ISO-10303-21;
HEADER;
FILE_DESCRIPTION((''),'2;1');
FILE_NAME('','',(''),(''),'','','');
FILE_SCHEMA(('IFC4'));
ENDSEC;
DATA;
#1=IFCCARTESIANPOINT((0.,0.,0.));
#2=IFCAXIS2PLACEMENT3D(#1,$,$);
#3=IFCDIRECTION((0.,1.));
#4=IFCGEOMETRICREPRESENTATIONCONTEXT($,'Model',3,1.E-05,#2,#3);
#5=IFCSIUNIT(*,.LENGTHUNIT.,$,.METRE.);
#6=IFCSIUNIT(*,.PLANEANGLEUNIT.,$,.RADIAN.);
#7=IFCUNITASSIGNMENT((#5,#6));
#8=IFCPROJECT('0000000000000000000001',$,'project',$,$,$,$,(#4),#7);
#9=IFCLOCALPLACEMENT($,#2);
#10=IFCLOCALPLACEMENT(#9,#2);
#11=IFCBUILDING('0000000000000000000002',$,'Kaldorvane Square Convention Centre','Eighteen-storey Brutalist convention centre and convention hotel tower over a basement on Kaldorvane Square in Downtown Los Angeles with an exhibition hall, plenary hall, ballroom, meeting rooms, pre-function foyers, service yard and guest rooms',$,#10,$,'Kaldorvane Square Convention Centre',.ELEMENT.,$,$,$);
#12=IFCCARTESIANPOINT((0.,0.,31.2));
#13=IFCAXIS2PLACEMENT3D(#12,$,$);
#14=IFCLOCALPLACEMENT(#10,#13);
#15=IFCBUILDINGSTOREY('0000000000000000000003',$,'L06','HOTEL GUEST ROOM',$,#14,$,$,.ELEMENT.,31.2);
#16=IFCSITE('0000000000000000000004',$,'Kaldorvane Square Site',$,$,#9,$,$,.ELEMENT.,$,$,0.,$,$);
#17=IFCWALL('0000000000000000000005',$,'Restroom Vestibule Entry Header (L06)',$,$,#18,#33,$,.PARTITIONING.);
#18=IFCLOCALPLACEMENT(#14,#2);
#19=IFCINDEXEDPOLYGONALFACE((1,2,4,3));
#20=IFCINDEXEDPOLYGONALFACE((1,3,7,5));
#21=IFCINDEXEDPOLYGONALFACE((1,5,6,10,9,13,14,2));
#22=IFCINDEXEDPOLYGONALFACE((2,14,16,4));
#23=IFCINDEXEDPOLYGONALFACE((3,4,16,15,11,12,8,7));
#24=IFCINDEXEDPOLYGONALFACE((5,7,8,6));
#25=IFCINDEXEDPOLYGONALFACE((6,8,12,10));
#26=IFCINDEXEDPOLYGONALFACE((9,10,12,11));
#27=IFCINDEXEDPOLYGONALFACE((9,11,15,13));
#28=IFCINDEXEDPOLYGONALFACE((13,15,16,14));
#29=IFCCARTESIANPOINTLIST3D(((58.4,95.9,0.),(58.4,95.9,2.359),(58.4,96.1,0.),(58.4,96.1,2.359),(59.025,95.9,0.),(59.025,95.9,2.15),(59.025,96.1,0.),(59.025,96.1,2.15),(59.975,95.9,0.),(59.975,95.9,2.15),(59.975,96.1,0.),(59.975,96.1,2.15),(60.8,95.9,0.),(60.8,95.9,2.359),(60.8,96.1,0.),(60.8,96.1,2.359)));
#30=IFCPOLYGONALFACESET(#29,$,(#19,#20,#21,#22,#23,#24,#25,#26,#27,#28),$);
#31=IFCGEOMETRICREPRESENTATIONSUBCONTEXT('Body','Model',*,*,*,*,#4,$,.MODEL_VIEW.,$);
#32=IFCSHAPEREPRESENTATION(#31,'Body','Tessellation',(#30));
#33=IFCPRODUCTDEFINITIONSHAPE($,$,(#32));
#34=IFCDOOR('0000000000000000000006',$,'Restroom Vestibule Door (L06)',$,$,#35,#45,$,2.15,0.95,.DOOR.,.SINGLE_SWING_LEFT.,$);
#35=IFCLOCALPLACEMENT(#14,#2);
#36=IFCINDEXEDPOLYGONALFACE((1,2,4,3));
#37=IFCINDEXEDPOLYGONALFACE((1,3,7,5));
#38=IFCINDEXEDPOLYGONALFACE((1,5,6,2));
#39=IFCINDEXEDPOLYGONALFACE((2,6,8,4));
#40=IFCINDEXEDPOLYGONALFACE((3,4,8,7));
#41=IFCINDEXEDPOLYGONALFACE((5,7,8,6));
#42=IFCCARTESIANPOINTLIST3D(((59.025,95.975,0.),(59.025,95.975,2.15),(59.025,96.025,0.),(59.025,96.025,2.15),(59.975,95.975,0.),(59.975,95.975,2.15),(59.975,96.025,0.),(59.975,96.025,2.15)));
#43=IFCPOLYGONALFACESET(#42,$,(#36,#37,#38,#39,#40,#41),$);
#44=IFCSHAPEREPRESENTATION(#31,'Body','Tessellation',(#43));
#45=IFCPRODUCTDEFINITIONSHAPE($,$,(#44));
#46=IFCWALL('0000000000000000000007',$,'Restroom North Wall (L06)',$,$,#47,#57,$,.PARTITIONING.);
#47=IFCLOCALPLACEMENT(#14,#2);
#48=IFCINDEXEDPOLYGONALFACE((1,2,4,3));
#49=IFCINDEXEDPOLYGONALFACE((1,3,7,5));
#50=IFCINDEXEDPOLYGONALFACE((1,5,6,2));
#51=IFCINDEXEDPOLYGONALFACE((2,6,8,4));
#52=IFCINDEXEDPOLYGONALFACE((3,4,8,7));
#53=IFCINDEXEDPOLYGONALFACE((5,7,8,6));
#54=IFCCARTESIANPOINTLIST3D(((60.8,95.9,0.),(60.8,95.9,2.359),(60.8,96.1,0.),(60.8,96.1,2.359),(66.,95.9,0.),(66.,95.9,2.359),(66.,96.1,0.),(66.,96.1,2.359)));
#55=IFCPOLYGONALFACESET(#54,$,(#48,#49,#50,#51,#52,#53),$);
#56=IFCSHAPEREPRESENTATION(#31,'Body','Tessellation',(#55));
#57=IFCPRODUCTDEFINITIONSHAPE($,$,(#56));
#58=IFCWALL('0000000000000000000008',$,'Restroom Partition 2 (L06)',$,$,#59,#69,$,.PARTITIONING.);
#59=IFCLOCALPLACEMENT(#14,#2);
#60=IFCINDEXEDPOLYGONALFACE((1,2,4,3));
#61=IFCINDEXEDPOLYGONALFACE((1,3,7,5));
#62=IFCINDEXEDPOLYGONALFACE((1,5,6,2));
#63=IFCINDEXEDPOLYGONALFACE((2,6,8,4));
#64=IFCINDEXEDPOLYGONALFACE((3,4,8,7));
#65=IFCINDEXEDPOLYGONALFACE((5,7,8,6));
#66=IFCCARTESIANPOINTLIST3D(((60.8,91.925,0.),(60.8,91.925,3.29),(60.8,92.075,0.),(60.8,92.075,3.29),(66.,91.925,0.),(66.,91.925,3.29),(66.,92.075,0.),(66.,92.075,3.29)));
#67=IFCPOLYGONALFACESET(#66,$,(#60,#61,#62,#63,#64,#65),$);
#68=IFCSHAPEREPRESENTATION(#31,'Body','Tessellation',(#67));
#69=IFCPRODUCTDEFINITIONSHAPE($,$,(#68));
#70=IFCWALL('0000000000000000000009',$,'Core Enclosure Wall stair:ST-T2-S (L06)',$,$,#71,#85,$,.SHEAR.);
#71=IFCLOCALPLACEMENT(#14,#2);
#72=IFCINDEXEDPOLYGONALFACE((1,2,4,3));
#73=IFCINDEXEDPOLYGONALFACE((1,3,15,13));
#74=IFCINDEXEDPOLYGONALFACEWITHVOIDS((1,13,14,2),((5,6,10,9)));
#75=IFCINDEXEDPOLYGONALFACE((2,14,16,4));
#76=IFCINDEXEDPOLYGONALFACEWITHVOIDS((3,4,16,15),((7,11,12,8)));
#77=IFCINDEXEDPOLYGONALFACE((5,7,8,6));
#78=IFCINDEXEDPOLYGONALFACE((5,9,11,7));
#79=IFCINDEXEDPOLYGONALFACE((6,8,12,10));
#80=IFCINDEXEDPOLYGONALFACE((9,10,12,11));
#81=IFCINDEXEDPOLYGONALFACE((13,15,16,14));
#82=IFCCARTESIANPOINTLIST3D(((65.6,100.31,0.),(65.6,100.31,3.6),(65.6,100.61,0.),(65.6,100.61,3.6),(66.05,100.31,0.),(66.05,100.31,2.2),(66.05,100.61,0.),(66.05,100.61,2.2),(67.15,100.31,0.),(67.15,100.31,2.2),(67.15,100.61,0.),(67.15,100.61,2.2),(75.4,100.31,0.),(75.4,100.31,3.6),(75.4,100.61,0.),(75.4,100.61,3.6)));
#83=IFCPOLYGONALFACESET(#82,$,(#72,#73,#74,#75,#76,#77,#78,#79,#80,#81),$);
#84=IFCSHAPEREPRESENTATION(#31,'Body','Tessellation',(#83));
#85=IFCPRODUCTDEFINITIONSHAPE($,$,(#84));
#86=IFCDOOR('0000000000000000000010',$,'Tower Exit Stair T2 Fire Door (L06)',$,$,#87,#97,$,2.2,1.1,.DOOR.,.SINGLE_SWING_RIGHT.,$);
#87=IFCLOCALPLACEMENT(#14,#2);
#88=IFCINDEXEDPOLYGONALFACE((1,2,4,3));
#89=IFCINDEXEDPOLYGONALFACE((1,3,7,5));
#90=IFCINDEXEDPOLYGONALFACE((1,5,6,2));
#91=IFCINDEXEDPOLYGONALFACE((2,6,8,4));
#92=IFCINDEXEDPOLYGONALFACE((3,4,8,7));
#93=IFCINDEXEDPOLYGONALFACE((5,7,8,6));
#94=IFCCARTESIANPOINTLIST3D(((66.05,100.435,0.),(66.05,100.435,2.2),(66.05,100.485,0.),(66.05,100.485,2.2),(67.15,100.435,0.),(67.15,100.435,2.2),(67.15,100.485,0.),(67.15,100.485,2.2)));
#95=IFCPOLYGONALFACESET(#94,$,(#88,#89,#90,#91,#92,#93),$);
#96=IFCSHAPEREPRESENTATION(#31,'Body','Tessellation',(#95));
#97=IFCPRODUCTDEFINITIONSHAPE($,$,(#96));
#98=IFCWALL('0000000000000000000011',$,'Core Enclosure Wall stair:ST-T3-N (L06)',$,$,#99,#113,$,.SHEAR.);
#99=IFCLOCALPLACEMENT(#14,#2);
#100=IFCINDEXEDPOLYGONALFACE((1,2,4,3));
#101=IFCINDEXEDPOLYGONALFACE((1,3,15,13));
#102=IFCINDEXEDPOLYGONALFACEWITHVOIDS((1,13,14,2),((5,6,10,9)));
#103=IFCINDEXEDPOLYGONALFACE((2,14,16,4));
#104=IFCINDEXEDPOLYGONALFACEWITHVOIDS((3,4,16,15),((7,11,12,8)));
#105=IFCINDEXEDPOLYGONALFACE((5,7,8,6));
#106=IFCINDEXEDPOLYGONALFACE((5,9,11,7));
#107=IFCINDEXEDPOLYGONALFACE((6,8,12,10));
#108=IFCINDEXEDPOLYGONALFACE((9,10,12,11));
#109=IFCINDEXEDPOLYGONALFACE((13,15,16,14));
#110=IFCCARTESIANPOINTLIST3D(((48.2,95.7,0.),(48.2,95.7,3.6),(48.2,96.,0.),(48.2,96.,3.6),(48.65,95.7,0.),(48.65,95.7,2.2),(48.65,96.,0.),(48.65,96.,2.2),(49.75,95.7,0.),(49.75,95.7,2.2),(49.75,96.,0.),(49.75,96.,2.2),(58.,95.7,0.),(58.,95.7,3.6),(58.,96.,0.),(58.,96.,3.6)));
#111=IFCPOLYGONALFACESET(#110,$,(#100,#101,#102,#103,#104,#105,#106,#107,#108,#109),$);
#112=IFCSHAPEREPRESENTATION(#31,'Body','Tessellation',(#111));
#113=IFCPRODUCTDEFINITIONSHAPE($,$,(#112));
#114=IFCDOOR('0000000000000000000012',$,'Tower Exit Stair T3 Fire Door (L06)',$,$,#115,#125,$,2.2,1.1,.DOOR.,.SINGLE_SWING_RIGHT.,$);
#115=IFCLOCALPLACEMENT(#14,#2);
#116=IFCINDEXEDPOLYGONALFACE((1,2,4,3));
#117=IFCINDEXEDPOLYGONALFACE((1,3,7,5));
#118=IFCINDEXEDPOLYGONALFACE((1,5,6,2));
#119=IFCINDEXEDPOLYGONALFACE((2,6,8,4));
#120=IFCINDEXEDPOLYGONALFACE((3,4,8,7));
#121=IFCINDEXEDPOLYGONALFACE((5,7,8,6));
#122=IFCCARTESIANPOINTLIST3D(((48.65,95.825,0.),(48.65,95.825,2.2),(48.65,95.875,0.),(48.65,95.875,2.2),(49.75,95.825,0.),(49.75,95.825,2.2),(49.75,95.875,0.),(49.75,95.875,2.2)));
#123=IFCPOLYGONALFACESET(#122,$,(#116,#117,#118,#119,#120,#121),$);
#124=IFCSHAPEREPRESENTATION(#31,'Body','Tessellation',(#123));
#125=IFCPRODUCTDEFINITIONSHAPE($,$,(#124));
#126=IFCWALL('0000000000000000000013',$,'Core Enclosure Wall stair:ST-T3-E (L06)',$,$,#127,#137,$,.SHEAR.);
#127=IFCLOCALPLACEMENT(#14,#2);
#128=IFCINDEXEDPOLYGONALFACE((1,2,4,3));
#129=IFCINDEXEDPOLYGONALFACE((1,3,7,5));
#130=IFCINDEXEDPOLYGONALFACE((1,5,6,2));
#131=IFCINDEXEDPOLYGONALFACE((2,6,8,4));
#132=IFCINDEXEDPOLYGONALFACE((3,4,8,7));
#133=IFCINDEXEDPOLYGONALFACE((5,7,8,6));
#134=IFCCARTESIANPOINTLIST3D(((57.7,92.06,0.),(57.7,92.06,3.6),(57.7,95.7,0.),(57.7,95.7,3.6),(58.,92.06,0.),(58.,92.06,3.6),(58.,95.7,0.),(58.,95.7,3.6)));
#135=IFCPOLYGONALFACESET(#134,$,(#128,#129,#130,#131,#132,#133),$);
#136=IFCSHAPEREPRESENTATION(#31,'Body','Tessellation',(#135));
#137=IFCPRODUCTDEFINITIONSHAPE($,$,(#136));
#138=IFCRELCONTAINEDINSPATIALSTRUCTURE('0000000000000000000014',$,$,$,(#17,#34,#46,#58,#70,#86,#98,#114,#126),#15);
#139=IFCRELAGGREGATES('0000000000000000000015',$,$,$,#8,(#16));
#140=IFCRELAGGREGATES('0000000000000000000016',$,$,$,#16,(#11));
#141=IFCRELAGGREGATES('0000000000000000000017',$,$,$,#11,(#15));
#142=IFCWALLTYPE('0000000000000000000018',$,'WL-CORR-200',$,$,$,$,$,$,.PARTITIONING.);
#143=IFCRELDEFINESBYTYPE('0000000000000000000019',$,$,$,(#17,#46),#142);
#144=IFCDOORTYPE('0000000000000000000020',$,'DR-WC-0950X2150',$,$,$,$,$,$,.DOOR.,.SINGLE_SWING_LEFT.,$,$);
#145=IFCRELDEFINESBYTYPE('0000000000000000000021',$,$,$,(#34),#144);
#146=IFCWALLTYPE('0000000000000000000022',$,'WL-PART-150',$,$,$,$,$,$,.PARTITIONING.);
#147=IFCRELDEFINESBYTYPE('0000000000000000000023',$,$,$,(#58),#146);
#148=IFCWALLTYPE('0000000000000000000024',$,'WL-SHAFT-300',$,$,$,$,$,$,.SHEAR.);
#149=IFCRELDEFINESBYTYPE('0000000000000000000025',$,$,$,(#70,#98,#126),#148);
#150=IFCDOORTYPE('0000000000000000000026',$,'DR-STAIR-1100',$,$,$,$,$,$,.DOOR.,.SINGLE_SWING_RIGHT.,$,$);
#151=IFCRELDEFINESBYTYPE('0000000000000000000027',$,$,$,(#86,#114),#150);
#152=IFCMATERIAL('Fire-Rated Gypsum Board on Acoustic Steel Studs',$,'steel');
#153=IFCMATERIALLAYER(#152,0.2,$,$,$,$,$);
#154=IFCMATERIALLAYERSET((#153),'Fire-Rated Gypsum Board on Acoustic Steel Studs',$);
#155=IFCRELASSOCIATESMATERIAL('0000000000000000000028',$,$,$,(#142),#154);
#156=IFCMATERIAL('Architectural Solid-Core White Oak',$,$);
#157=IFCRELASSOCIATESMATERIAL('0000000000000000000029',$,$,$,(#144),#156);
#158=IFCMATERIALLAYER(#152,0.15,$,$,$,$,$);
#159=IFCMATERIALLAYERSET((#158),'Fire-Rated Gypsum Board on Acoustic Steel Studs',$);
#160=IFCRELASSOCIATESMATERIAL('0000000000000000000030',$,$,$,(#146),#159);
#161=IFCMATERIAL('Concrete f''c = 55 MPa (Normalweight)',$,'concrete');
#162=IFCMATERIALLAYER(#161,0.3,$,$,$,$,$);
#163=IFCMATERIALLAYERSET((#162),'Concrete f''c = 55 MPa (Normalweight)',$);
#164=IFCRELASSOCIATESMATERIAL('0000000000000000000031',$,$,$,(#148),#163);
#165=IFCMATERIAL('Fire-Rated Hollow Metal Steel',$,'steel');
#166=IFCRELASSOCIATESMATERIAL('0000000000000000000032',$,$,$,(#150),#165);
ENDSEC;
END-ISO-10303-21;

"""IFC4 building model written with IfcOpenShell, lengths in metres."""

from ifc_helpers import new_model, si_unit, direction, frame, frame_2d, origin, place, context, subcontext, project, spatial, rectangle, extrude, material, layer, layer_set, type_object, element, fill, save


model = new_model("IFC4")

# Units and contexts
model_context = context("Model", 3, precision=1e-05, world=origin(), true_north=direction((0.0, 1.0)))
body_context = subcontext(model_context, "Body", "Model", "MODEL_VIEW")
ifc_project = project(units=[si_unit("LENGTHUNIT", "METRE"), si_unit("PLANEANGLEUNIT", "RADIAN")], contexts=[model_context])

# Site, building, storey
site_placement = place(None, origin())
site = spatial("IfcSite", under=ifc_project, at=site_placement, Name="Kaldorvane Square Site", CompositionType="ELEMENT", RefElevation=0.0)
building_placement = place(site_placement, origin())
building = spatial("IfcBuilding", under=site, at=building_placement, Name="Kaldorvane Square Convention Centre", Description="Eighteen-storey Brutalist convention centre and convention hotel tower over a basement on Kaldorvane Square in Downtown Los Angeles with an exhibition hall, plenary hall, ballroom, meeting rooms, pre-function foyers, service yard and guest rooms", LongName="Kaldorvane Square Convention Centre", CompositionType="ELEMENT")
storey_placement = place(building_placement, frame((0.0, 0.0, 31.2)))
storey = spatial("IfcBuildingStorey", under=building, at=storey_placement, Name="L06", Description="HOTEL GUEST ROOM", CompositionType="ELEMENT", Elevation=31.2)

# Wall, opening, door
ifc_material_1 = material(Name="Fire-Rated Gypsum Board on Acoustic Steel Studs", Category="steel")
ifc_layer_1 = layer(ifc_material_1, 0.2)
ifc_layer_set_1 = layer_set([ifc_layer_1], Name="Fire-Rated Gypsum Board on Acoustic Steel Studs")
wall_type_1 = type_object("IfcWallType", Name="WL-CORR-200", PredefinedType="PARTITIONING", material=ifc_layer_set_1)
wall_1_placement = place(storey_placement, frame((58.4, 96.0, 0.0), z_axis=(0.0, 0.0, 1.0), x_axis=(1.0, 0.0, 0.0)))
wall_1 = element("IfcWall", 1, at=wall_1_placement, inside=storey, type_object=wall_type_1, Name="Restroom Vestibule Entry Header (L06)", PredefinedType="PARTITIONING", context=body_context, shape_type="SweptSolid", body=[
    extrude(rectangle(XDim=2.4, YDim=0.2, at=frame_2d((1.2, 0.0))), origin(), (0.0, 0.0, 1.0), 2.359),
])
opening_1_placement = place(wall_1_placement, frame((0.625, 0.0, 0.0)))
opening_1 = element("IfcOpeningElement", 2, at=opening_1_placement, cuts=wall_1, PredefinedType="OPENING", context=body_context, shape_type="SweptSolid", body=[
    extrude(rectangle(XDim=0.95, YDim=2.15, at=frame_2d((0.475, 1.075))), frame((0.0, 0.115, 0.0), z_axis=(0.0, -1.0, 0.0), x_axis=(1.0, 0.0, 0.0)), (0.0, 0.0, 1.0), 0.23),
])
ifc_material_2 = material(Name="Architectural Solid-Core White Oak")
door_type_1 = type_object("IfcDoorType", Name="DR-WC-0950X2150", OperationType="SINGLE_SWING_LEFT", PredefinedType="DOOR", material=ifc_material_2)
door_1_placement = place(opening_1_placement, origin())
door_1 = element("IfcDoor", 3, at=door_1_placement, inside=storey, type_object=door_type_1, Name="Restroom Vestibule Door (L06)", OperationType="SINGLE_SWING_LEFT", OverallHeight=2.15, OverallWidth=0.95, PredefinedType="DOOR", context=body_context, shape_type="SweptSolid", body=[
    extrude(rectangle(XDim=0.95, YDim=2.15, at=frame_2d((0.475, 1.075))), frame((0.0, 0.025, 0.0), z_axis=(0.0, -1.0, 0.0), x_axis=(1.0, 0.0, 0.0)), (0.0, 0.0, 1.0), 0.05),
])
fill(opening_1, door_1)

# Walls
wall_2_placement = place(storey_placement, frame((60.8, 96.0, 0.0), z_axis=(0.0, 0.0, 1.0), x_axis=(1.0, 0.0, 0.0)))
element("IfcWall", 4, at=wall_2_placement, inside=storey, type_object=wall_type_1, Name="Restroom North Wall (L06)", PredefinedType="PARTITIONING", context=body_context, shape_type="SweptSolid", body=[
    extrude(rectangle(XDim=5.2, YDim=0.2, at=frame_2d((2.6, 0.0))), origin(), (0.0, 0.0, 1.0), 2.359),
])
ifc_layer_2 = layer(ifc_material_1, 0.15)
ifc_layer_set_2 = layer_set([ifc_layer_2], Name="Fire-Rated Gypsum Board on Acoustic Steel Studs")
wall_type_2 = type_object("IfcWallType", Name="WL-PART-150", PredefinedType="PARTITIONING", material=ifc_layer_set_2)
wall_3_placement = place(storey_placement, frame((60.8, 92.0, 0.0), z_axis=(0.0, 0.0, 1.0), x_axis=(1.0, 0.0, 0.0)))
element("IfcWall", 5, at=wall_3_placement, inside=storey, type_object=wall_type_2, Name="Restroom Partition 2 (L06)", PredefinedType="PARTITIONING", context=body_context, shape_type="SweptSolid", body=[
    extrude(rectangle(XDim=5.2, YDim=0.15, at=frame_2d((2.6, 0.0))), origin(), (0.0, 0.0, 1.0), 3.29),
])

# Walls, openings, doors
ifc_material_3 = material(Name="Concrete f'c = 55 MPa (Normalweight)", Category="concrete")
ifc_layer_3 = layer(ifc_material_3, 0.3)
ifc_layer_set_3 = layer_set([ifc_layer_3], Name="Concrete f'c = 55 MPa (Normalweight)")
wall_type_3 = type_object("IfcWallType", Name="WL-SHAFT-300", PredefinedType="SHEAR", material=ifc_layer_set_3)
wall_4_placement = place(storey_placement, frame((65.6, 100.46, 0.0), z_axis=(0.0, 0.0, 1.0), x_axis=(1.0, 0.0, 0.0)))
wall_4 = element("IfcWall", 6, at=wall_4_placement, inside=storey, type_object=wall_type_3, Name="Core Enclosure Wall stair:ST-T2-S (L06)", PredefinedType="SHEAR", context=body_context, shape_type="SweptSolid", body=[
    extrude(rectangle(XDim=9.8, YDim=0.3, at=frame_2d((4.9, 0.0))), origin(), (0.0, 0.0, 1.0), 3.6),
])
opening_2_placement = place(wall_4_placement, frame((0.45, 0.0, 0.0)))
opening_2 = element("IfcOpeningElement", 7, at=opening_2_placement, cuts=wall_4, PredefinedType="OPENING", context=body_context, shape_type="SweptSolid", body=[
    extrude(rectangle(XDim=1.1, YDim=2.2, at=frame_2d((0.55, 1.1))), frame((0.0, 0.165, 0.0), z_axis=(0.0, -1.0, 0.0), x_axis=(1.0, 0.0, 0.0)), (0.0, 0.0, 1.0), 0.33),
])
ifc_material_4 = material(Name="Fire-Rated Hollow Metal Steel", Category="steel")
door_type_2 = type_object("IfcDoorType", Name="DR-STAIR-1100", OperationType="SINGLE_SWING_RIGHT", PredefinedType="DOOR", material=ifc_material_4)
door_2_placement = place(opening_2_placement, origin())
door_2 = element("IfcDoor", 8, at=door_2_placement, inside=storey, type_object=door_type_2, Name="Tower Exit Stair T2 Fire Door (L06)", OperationType="SINGLE_SWING_RIGHT", OverallHeight=2.2, OverallWidth=1.1, PredefinedType="DOOR", context=body_context, shape_type="SweptSolid", body=[
    extrude(rectangle(XDim=1.1, YDim=2.2, at=frame_2d((0.55, 1.1))), frame((0.0, 0.025, 0.0), z_axis=(0.0, -1.0, 0.0), x_axis=(1.0, 0.0, 0.0)), (0.0, 0.0, 1.0), 0.05),
])
fill(opening_2, door_2)
wall_5_placement = place(storey_placement, frame((58.0, 95.85, 0.0), z_axis=(0.0, 0.0, 1.0), x_axis=(-1.0, 0.0, 0.0)))
wall_5 = element("IfcWall", 9, at=wall_5_placement, inside=storey, type_object=wall_type_3, Name="Core Enclosure Wall stair:ST-T3-N (L06)", PredefinedType="SHEAR", context=body_context, shape_type="SweptSolid", body=[
    extrude(rectangle(XDim=9.8, YDim=0.3, at=frame_2d((4.9, 0.0))), origin(), (0.0, 0.0, 1.0), 3.6),
])
opening_3_placement = place(wall_5_placement, frame((8.25, 0.0, 0.0)))
opening_3 = element("IfcOpeningElement", 10, at=opening_3_placement, cuts=wall_5, PredefinedType="OPENING", context=body_context, shape_type="SweptSolid", body=[
    extrude(rectangle(XDim=1.1, YDim=2.2, at=frame_2d((0.55, 1.1))), frame((0.0, 0.165, 0.0), z_axis=(0.0, -1.0, 0.0), x_axis=(1.0, 0.0, 0.0)), (0.0, 0.0, 1.0), 0.33),
])
door_3_placement = place(opening_3_placement, origin())
door_3 = element("IfcDoor", 11, at=door_3_placement, inside=storey, type_object=door_type_2, Name="Tower Exit Stair T3 Fire Door (L06)", OperationType="SINGLE_SWING_RIGHT", OverallHeight=2.2, OverallWidth=1.1, PredefinedType="DOOR", context=body_context, shape_type="SweptSolid", body=[
    extrude(rectangle(XDim=1.1, YDim=2.2, at=frame_2d((0.55, 1.1))), frame((0.0, 0.025, 0.0), z_axis=(0.0, -1.0, 0.0), x_axis=(1.0, 0.0, 0.0)), (0.0, 0.0, 1.0), 0.05),
])
fill(opening_3, door_3)

# Wall
wall_6_placement = place(storey_placement, frame((57.85, 92.06, 0.0), z_axis=(0.0, 0.0, 1.0), x_axis=(0.0, 1.0, 0.0)))
element("IfcWall", 12, at=wall_6_placement, inside=storey, type_object=wall_type_3, Name="Core Enclosure Wall stair:ST-T3-E (L06)", PredefinedType="SHEAR", context=body_context, shape_type="SweptSolid", body=[
    extrude(rectangle(XDim=3.64, YDim=0.3, at=frame_2d((1.82, 0.0))), origin(), (0.0, 0.0, 1.0), 3.6),
])

save(model, "model.ifc")
